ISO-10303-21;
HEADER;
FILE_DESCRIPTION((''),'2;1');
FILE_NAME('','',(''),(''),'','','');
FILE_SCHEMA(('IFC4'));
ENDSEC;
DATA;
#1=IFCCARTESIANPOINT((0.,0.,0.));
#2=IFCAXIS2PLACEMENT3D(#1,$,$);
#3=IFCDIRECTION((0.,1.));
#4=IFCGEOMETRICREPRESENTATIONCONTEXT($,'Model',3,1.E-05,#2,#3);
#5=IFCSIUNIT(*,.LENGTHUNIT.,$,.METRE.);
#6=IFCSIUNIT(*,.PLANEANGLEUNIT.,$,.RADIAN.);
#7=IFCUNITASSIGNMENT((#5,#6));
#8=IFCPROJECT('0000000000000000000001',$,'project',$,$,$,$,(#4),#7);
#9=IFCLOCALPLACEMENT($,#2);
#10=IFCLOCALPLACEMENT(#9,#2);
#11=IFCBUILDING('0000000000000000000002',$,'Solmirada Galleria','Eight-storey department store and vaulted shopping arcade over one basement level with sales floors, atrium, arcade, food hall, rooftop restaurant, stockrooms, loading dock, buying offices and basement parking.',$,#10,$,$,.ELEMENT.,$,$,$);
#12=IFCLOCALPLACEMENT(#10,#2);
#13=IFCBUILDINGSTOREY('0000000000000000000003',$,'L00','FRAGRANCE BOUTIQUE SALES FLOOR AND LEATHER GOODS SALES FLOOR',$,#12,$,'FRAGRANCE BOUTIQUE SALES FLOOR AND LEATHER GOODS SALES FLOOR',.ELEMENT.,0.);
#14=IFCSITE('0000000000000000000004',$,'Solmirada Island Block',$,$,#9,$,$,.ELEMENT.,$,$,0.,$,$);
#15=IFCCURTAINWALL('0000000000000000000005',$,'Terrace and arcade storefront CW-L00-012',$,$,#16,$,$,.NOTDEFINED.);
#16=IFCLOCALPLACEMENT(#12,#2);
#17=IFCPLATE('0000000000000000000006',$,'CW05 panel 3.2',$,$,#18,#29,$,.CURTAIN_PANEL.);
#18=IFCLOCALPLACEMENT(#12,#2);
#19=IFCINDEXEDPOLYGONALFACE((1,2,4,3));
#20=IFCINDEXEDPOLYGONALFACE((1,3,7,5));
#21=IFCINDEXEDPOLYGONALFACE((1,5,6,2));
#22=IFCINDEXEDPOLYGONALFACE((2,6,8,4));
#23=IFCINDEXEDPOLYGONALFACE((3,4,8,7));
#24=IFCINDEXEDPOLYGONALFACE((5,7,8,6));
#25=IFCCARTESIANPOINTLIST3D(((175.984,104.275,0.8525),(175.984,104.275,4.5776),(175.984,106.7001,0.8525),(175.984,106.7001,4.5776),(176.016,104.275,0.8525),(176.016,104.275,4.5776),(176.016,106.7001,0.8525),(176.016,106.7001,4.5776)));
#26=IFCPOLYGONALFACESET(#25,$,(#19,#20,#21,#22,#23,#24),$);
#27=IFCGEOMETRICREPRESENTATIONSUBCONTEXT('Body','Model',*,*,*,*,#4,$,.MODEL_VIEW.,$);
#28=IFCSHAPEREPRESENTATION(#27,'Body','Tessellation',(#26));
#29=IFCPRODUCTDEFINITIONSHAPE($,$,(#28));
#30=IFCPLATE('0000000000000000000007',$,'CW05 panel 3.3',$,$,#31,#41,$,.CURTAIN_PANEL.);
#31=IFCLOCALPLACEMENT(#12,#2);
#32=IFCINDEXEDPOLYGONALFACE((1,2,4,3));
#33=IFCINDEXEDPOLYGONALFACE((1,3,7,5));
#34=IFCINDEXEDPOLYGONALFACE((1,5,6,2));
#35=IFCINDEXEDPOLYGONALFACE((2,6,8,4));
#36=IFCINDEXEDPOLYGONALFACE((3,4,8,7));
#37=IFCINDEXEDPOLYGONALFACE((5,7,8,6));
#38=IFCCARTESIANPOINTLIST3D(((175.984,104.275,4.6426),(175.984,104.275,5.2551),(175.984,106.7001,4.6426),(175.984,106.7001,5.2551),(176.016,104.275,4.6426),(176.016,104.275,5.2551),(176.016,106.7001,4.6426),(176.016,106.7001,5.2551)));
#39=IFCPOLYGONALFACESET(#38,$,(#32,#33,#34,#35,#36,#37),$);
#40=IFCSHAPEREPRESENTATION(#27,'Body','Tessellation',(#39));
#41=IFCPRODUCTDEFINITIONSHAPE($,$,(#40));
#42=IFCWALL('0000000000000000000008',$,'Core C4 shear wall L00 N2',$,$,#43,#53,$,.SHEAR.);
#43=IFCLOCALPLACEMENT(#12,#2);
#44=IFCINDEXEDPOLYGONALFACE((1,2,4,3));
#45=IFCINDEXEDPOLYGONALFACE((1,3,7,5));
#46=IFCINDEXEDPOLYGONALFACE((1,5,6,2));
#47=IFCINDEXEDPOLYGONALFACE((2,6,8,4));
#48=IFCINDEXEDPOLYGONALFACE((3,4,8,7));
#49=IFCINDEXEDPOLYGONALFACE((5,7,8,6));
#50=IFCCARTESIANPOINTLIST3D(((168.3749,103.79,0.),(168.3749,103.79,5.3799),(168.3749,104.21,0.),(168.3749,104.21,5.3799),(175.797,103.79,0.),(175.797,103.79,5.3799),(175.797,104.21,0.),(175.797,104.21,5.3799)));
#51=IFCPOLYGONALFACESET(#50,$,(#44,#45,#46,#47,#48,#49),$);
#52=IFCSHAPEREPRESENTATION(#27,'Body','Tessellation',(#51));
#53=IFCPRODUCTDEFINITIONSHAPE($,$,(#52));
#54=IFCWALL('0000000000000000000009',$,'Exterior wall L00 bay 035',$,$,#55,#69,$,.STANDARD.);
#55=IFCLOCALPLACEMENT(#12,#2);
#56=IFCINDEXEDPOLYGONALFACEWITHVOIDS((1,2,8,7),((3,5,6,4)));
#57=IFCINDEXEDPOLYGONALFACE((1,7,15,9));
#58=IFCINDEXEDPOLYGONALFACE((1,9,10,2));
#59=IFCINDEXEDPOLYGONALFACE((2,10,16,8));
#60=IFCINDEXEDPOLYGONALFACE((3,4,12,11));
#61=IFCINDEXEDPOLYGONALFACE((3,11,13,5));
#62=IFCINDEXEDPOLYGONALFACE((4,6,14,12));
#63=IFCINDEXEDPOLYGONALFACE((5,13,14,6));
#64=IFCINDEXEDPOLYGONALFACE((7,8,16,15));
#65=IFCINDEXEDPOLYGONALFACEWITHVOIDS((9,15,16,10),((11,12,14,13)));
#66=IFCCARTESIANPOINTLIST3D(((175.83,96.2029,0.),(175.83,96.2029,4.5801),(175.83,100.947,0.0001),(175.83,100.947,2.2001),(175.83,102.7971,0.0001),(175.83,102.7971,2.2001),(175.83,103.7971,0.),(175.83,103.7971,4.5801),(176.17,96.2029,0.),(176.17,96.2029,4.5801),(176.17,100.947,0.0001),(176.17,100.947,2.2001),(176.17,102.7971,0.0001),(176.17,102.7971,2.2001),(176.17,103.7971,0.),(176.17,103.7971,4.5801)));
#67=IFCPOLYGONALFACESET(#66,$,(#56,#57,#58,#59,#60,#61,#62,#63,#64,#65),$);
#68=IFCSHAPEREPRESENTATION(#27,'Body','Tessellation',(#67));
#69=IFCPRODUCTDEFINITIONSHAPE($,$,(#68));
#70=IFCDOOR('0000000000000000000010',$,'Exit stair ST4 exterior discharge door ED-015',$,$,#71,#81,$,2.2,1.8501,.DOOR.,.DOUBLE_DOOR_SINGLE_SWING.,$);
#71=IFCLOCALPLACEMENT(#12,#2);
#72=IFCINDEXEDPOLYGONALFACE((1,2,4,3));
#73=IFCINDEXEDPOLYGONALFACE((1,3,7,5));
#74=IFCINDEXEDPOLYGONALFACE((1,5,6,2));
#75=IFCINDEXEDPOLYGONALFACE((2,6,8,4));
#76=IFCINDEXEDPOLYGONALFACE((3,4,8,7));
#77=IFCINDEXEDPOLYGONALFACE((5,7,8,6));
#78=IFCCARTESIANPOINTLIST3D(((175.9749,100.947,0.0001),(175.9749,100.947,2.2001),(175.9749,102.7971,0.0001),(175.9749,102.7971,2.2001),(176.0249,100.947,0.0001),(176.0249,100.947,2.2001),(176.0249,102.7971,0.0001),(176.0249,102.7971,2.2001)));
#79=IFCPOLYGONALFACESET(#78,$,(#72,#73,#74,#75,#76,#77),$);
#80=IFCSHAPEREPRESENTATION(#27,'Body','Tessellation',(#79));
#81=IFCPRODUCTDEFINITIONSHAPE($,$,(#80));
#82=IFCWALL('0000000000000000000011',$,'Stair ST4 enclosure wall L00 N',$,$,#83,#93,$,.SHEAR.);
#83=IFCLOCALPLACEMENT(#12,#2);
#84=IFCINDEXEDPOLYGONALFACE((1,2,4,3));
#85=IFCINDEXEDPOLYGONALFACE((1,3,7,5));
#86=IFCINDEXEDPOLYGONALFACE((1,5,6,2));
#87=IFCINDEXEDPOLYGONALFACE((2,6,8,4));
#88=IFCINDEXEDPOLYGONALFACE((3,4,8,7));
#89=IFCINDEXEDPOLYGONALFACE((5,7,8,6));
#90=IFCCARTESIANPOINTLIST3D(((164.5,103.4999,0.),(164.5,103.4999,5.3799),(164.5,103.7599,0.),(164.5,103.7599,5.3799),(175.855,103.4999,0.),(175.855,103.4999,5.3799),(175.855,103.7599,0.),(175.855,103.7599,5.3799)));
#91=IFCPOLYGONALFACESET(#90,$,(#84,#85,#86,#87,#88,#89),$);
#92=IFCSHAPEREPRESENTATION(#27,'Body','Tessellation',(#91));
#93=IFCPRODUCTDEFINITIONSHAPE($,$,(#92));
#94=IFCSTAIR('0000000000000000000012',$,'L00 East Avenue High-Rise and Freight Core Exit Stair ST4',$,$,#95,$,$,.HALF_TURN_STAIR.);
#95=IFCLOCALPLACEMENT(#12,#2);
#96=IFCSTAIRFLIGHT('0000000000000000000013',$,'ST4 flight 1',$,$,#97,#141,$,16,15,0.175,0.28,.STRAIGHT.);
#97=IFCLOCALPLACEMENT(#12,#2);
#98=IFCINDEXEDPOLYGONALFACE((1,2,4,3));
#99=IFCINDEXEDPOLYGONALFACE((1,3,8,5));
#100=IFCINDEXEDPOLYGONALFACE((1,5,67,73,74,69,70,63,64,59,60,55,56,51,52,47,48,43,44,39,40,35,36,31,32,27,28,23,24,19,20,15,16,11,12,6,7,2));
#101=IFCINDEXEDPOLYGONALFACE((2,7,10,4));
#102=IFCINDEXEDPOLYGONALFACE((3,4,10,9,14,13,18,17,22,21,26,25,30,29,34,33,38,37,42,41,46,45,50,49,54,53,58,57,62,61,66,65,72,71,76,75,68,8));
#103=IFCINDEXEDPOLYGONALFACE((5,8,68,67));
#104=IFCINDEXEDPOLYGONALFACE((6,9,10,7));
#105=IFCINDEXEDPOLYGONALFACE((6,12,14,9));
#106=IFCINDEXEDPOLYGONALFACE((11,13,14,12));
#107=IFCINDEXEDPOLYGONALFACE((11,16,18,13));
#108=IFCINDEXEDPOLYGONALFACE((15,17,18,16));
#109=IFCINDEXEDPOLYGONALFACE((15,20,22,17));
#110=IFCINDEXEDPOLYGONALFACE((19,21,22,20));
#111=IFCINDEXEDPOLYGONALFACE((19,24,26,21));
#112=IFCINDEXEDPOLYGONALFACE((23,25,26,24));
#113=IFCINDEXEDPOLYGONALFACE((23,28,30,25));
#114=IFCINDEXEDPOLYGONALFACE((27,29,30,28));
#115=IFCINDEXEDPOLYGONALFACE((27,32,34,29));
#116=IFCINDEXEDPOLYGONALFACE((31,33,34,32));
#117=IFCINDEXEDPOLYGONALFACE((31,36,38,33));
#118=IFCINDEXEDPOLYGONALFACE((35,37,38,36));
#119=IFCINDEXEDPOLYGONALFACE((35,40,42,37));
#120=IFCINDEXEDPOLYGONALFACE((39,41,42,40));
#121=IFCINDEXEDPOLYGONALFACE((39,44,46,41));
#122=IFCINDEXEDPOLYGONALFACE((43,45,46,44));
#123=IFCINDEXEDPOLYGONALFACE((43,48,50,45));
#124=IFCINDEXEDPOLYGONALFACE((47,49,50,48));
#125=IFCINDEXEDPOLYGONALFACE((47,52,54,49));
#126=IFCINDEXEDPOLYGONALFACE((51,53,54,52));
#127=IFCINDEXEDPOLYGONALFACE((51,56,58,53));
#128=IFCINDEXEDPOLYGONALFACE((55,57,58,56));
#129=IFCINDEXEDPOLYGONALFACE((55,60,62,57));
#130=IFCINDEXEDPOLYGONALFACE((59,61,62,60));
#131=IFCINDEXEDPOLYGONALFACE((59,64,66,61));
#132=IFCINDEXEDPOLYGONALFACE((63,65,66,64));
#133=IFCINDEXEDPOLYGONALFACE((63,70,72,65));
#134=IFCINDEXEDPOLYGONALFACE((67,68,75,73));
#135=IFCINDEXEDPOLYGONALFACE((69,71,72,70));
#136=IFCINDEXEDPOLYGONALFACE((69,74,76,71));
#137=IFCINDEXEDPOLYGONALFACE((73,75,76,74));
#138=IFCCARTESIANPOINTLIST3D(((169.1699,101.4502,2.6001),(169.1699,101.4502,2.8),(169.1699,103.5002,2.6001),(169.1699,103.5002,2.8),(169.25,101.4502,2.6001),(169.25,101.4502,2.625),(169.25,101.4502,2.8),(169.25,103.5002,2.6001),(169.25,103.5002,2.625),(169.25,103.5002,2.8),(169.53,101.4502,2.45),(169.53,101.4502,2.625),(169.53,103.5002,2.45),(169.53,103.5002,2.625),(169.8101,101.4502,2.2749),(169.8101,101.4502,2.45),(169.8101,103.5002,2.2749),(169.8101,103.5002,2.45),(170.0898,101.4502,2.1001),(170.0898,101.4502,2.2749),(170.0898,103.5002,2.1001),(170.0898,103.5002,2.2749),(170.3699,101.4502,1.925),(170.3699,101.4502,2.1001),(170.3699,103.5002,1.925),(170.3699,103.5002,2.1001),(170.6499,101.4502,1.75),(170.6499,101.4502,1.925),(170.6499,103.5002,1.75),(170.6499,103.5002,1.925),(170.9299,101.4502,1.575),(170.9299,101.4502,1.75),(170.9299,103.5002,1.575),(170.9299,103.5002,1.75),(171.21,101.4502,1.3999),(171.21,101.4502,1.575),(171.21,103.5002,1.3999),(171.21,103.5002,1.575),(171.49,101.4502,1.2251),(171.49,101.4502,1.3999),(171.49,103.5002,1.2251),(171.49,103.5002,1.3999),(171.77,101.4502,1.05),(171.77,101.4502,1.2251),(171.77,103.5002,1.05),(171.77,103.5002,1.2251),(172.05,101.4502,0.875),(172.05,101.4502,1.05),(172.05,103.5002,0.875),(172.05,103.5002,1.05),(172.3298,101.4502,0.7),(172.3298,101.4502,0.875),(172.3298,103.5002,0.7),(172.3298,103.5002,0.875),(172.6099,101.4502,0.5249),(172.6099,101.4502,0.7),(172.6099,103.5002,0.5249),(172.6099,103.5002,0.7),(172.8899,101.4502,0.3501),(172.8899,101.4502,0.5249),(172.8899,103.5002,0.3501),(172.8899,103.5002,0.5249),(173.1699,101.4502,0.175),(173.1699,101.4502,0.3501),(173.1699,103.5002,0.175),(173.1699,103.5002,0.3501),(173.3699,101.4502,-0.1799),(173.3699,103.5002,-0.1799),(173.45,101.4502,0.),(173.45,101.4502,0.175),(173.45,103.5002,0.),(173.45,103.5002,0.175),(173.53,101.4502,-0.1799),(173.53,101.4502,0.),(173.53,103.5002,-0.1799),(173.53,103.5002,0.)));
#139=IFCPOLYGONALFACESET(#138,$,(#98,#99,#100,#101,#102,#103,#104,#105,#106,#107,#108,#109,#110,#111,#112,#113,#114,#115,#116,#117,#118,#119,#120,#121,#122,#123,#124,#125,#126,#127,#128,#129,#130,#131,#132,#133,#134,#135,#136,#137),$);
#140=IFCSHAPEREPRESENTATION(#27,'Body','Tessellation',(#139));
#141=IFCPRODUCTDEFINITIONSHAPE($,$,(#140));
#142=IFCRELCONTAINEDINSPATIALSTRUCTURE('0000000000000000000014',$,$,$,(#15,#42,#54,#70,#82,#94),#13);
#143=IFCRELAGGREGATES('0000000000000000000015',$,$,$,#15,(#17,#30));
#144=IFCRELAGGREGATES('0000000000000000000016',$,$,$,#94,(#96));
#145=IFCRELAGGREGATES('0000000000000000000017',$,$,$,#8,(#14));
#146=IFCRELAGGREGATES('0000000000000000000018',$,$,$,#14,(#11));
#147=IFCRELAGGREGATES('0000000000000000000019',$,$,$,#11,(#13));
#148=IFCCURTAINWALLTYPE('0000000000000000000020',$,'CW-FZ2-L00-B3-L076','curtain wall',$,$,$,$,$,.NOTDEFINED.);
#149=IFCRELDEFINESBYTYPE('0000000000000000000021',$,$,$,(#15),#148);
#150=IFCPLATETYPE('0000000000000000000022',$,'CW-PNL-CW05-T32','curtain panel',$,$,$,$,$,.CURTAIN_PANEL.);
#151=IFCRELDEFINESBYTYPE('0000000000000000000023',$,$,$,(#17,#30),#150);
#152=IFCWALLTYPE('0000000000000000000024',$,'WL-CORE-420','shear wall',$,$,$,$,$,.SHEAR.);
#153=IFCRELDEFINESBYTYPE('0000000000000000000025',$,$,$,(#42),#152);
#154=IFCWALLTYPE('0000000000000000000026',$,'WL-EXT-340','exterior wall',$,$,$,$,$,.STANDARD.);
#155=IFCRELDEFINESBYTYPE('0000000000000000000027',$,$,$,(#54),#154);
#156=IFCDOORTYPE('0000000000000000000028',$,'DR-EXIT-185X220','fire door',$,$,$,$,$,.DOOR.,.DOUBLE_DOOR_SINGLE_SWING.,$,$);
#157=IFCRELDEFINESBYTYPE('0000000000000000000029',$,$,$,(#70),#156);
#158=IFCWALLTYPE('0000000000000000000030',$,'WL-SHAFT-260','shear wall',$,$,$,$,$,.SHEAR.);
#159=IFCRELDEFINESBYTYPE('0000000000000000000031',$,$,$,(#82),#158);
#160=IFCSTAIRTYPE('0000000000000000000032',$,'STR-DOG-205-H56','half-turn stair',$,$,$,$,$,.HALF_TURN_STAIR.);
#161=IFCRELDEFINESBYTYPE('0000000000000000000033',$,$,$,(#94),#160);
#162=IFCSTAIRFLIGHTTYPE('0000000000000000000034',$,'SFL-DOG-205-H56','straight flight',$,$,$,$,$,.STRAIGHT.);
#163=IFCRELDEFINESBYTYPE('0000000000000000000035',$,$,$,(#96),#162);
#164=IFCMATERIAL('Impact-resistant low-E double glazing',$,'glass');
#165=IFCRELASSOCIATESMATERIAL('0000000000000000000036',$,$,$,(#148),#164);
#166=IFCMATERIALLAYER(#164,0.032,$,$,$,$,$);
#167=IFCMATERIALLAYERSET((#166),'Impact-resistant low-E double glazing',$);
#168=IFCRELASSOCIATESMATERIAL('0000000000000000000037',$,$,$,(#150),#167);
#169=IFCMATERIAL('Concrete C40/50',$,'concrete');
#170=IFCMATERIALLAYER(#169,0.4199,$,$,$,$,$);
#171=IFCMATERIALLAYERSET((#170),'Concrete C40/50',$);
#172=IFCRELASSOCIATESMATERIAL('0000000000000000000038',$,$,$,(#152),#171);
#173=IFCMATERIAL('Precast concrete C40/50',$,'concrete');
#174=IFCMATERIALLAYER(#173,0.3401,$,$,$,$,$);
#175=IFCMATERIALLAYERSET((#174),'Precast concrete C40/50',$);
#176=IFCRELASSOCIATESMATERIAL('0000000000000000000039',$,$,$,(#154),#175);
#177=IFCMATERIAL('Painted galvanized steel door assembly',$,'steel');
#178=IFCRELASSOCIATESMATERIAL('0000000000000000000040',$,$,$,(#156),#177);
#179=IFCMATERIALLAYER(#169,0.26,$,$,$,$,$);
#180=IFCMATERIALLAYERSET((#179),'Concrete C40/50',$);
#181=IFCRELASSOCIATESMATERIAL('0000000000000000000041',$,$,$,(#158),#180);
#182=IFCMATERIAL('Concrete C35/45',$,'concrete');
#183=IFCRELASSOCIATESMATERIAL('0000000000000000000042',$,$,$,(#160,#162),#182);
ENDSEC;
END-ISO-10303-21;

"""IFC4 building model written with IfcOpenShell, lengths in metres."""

from ifc_helpers import new_model, si_unit, direction, frame, frame_2d, origin, origin_2d, place, context, subcontext, project, spatial, polyline, rectangle, outline, extrude, material, layer, layer_set, type_object, element, fill, aggregate, save


model = new_model("IFC4")

# Units and contexts
model_context = context("Model", 3, precision=1e-05, world=origin(), true_north=direction((0.0, 1.0)))
body_context = subcontext(model_context, "Body", "Model", "MODEL_VIEW")
ifc_project = project(units=[si_unit("LENGTHUNIT", "METRE"), si_unit("PLANEANGLEUNIT", "RADIAN")], contexts=[model_context])

# Site, building, storey
site_placement = place(None, origin())
site = spatial("IfcSite", under=ifc_project, at=site_placement, Name="Solmirada Island Block", CompositionType="ELEMENT", RefElevation=0.0)
building_placement = place(site_placement, origin())
building = spatial("IfcBuilding", under=site, at=building_placement, Name="Solmirada Galleria", Description="Eight-storey department store and vaulted shopping arcade over one basement level with sales floors, atrium, arcade, food hall, rooftop restaurant, stockrooms, loading dock, buying offices and basement parking.", CompositionType="ELEMENT")
storey_placement = place(building_placement, origin())
storey = spatial("IfcBuildingStorey", under=building, at=storey_placement, Name="L00", Description="FRAGRANCE BOUTIQUE SALES FLOOR AND LEATHER GOODS SALES FLOOR", LongName="FRAGRANCE BOUTIQUE SALES FLOOR AND LEATHER GOODS SALES FLOOR", CompositionType="ELEMENT", Elevation=0.0)

# Shared definitions
ifc_material_1 = material(Name="Concrete C40/50", Category="concrete")

# Curtain wall, plates
ifc_material_2 = material(Name="Impact-resistant low-E double glazing", Category="glass")
curtain_wall_type = type_object("IfcCurtainWallType", Name="CW-FZ2-L00-B3-L076", Description="curtain wall", PredefinedType="NOTDEFINED", material=ifc_material_2)
curtain_wall_placement = place(storey_placement, origin())
curtain_wall = element("IfcCurtainWall", 1, at=curtain_wall_placement, inside=storey, type_object=curtain_wall_type, Name="Terrace and arcade storefront CW-L00-012", PredefinedType="NOTDEFINED")
ifc_layer_1 = layer(ifc_material_2, 0.032)
ifc_layer_set_1 = layer_set([ifc_layer_1], Name="Impact-resistant low-E double glazing")
plate_type = type_object("IfcPlateType", Name="CW-PNL-CW05-T32", Description="curtain panel", PredefinedType="CURTAIN_PANEL", material=ifc_layer_set_1)
plate_1_placement = place(storey_placement, frame((176.0, 105.4875, 0.8525), z_axis=(0.0, 0.0, 1.0), x_axis=(0.0, -1.0, 0.0)))
plate_1 = element("IfcPlate", 2, at=plate_1_placement, type_object=plate_type, Name="CW05 panel 3.2", PredefinedType="CURTAIN_PANEL", context=body_context, shape_type="SweptSolid", body=[
    extrude(rectangle(XDim=2.425, YDim=0.032, at=origin_2d()), origin(), (0.0, 0.0, 1.0), 3.7251),
])
plate_2_placement = place(storey_placement, frame((176.0, 105.4875, 4.6426), z_axis=(0.0, 0.0, 1.0), x_axis=(0.0, -1.0, 0.0)))
plate_2 = element("IfcPlate", 3, at=plate_2_placement, type_object=plate_type, Name="CW05 panel 3.3", PredefinedType="CURTAIN_PANEL", context=body_context, shape_type="SweptSolid", body=[
    extrude(rectangle(XDim=2.425, YDim=0.032, at=origin_2d()), origin(), (0.0, 0.0, 1.0), 0.6125),
])
aggregate(curtain_wall, [plate_1, plate_2])

# Wall
ifc_layer_2 = layer(ifc_material_1, 0.4199)
ifc_layer_set_2 = layer_set([ifc_layer_2], Name="Concrete C40/50")
wall_type_1 = type_object("IfcWallType", Name="WL-CORE-420", Description="shear wall", PredefinedType="SHEAR", material=ifc_layer_set_2)
wall_1_placement = place(storey_placement, frame((168.375, 104.0, 0.0), z_axis=(0.0, 0.0, 1.0), x_axis=(1.0, 0.0, 0.0)))
element("IfcWall", 4, at=wall_1_placement, inside=storey, type_object=wall_type_1, Name="Core C4 shear wall L00 N2", PredefinedType="SHEAR", context=body_context, shape_type="SweptSolid", body=[
    extrude(rectangle(XDim=7.4221, YDim=0.4199, at=frame_2d((3.7109, 0.0))), origin(), (0.0, 0.0, 1.0), 5.3799),
])

# Wall, opening, door
ifc_material_3 = material(Name="Precast concrete C40/50", Category="concrete")
ifc_layer_3 = layer(ifc_material_3, 0.3401)
ifc_layer_set_3 = layer_set([ifc_layer_3], Name="Precast concrete C40/50")
wall_type_2 = type_object("IfcWallType", Name="WL-EXT-340", Description="exterior wall", PredefinedType="STANDARD", material=ifc_layer_set_3)
wall_2_placement = place(storey_placement, frame((176.0, 103.7971, 0.0), z_axis=(0.0, 0.0, 1.0), x_axis=(0.0, -1.0, 0.0)))
wall_2 = element("IfcWall", 5, at=wall_2_placement, inside=storey, type_object=wall_type_2, Name="Exterior wall L00 bay 035", PredefinedType="STANDARD", context=body_context, shape_type="SweptSolid", body=[
    extrude(rectangle(XDim=7.5942, YDim=0.3401, at=frame_2d((3.7971, 0.0))), origin(), (0.0, 0.0, 1.0), 4.5801),
])
opening_placement = place(wall_2_placement, frame((1.0, 0.0, 0.0)))
opening = element("IfcOpeningElement", 6, at=opening_placement, cuts=wall_2, PredefinedType="OPENING", context=body_context, shape_type="SweptSolid", body=[
    extrude(rectangle(XDim=1.8501, YDim=2.2, at=frame_2d((0.925, 1.1001))), frame((0.0, 0.1799, 0.0), z_axis=(0.0, -1.0, 0.0), x_axis=(1.0, 0.0, 0.0)), (0.0, 0.0, 1.0), 0.3601),
])
ifc_material_4 = material(Name="Painted galvanized steel door assembly", Category="steel")
door_type = type_object("IfcDoorType", Name="DR-EXIT-185X220", Description="fire door", OperationType="DOUBLE_DOOR_SINGLE_SWING", PredefinedType="DOOR", material=ifc_material_4)
door_placement = place(opening_placement, origin())
door = element("IfcDoor", 7, at=door_placement, inside=storey, type_object=door_type, Name="Exit stair ST4 exterior discharge door ED-015", OperationType="DOUBLE_DOOR_SINGLE_SWING", OverallHeight=2.2, OverallWidth=1.8501, PredefinedType="DOOR", context=body_context, shape_type="SweptSolid", body=[
    extrude(rectangle(XDim=1.8501, YDim=2.2, at=frame_2d((0.925, 1.1001))), frame((0.0, 0.0249, 0.0), z_axis=(0.0, -1.0, 0.0), x_axis=(1.0, 0.0, 0.0)), (0.0, 0.0, 1.0), 0.05),
])
fill(opening, door)

# Wall
ifc_layer_4 = layer(ifc_material_1, 0.26)
ifc_layer_set_4 = layer_set([ifc_layer_4], Name="Concrete C40/50")
wall_type_3 = type_object("IfcWallType", Name="WL-SHAFT-260", Description="shear wall", PredefinedType="SHEAR", material=ifc_layer_set_4)
wall_3_placement = place(storey_placement, frame((164.5, 103.6299, 0.0), z_axis=(0.0, 0.0, 1.0), x_axis=(1.0, 0.0, 0.0)))
element("IfcWall", 8, at=wall_3_placement, inside=storey, type_object=wall_type_3, Name="Stair ST4 enclosure wall L00 N", PredefinedType="SHEAR", context=body_context, shape_type="SweptSolid", body=[
    extrude(rectangle(XDim=11.355, YDim=0.26, at=frame_2d((5.6775, 0.0))), origin(), (0.0, 0.0, 1.0), 5.3799),
])

# Stair, stair flight
ifc_material_5 = material(Name="Concrete C35/45", Category="concrete")
stair_type = type_object("IfcStairType", Name="STR-DOG-205-H56", Description="half-turn stair", PredefinedType="HALF_TURN_STAIR", material=ifc_material_5)
stair_placement = place(storey_placement, origin())
stair = element("IfcStair", 9, at=stair_placement, inside=storey, type_object=stair_type, Name="L00 East Avenue High-Rise and Freight Core Exit Stair ST4", PredefinedType="HALF_TURN_STAIR")
stair_flight_type = type_object("IfcStairFlightType", Name="SFL-DOG-205-H56", Description="straight flight", PredefinedType="STRAIGHT", material=ifc_material_5)
stair_flight_1_placement = place(storey_placement, frame((173.45, 102.4751, 0.0), z_axis=(0.0, 0.0, 1.0), x_axis=(-1.0, 0.0, 0.0)))
stair_flight_1 = element("IfcStairFlight", 10, at=stair_flight_1_placement, type_object=stair_flight_type, Name="ST4 flight 1", NumberOfRisers=16, NumberOfTreads=15, PredefinedType="STRAIGHT", RiserHeight=0.175, TreadLength=0.28, context=body_context, shape_type="SweptSolid", body=[
    extrude(outline(polyline([(-0.0801, 0.0), (0.0, 0.0), (0.0, 0.175), (0.28, 0.175), (0.28, 0.3501), (0.5601, 0.3501), (0.5601, 0.5249), (0.8401, 0.5249), (0.8401, 0.7), (1.1201, 0.7), (1.1201, 0.875), (1.3999, 0.875), (1.3999, 1.05), (1.6799, 1.05), (1.6799, 1.2251), (1.96, 1.2251), (1.96, 1.3999), (2.24, 1.3999), (2.24, 1.575), (2.52, 1.575), (2.52, 1.75), (2.8, 1.75), (2.8, 1.925), (3.0801, 1.925), (3.0801, 2.1001), (3.3601, 2.1001), (3.3601, 2.2749), (3.6399, 2.2749), (3.6399, 2.45), (3.9199, 2.45), (3.9199, 2.625), (4.2, 2.625), (4.2, 2.8), (4.28, 2.8), (4.28, 2.6001), (4.2, 2.6001), (0.0801, -0.1799), (-0.0801, -0.1799), (-0.0801, 0.0)])), frame((0.0, 1.0249, 0.0), z_axis=(0.0, -1.0, 0.0), x_axis=(1.0, 0.0, 0.0)), (0.0, 0.0, 1.0), 2.05),
])
aggregate(stair, [stair_flight_1])

save(model, "model.ifc")
